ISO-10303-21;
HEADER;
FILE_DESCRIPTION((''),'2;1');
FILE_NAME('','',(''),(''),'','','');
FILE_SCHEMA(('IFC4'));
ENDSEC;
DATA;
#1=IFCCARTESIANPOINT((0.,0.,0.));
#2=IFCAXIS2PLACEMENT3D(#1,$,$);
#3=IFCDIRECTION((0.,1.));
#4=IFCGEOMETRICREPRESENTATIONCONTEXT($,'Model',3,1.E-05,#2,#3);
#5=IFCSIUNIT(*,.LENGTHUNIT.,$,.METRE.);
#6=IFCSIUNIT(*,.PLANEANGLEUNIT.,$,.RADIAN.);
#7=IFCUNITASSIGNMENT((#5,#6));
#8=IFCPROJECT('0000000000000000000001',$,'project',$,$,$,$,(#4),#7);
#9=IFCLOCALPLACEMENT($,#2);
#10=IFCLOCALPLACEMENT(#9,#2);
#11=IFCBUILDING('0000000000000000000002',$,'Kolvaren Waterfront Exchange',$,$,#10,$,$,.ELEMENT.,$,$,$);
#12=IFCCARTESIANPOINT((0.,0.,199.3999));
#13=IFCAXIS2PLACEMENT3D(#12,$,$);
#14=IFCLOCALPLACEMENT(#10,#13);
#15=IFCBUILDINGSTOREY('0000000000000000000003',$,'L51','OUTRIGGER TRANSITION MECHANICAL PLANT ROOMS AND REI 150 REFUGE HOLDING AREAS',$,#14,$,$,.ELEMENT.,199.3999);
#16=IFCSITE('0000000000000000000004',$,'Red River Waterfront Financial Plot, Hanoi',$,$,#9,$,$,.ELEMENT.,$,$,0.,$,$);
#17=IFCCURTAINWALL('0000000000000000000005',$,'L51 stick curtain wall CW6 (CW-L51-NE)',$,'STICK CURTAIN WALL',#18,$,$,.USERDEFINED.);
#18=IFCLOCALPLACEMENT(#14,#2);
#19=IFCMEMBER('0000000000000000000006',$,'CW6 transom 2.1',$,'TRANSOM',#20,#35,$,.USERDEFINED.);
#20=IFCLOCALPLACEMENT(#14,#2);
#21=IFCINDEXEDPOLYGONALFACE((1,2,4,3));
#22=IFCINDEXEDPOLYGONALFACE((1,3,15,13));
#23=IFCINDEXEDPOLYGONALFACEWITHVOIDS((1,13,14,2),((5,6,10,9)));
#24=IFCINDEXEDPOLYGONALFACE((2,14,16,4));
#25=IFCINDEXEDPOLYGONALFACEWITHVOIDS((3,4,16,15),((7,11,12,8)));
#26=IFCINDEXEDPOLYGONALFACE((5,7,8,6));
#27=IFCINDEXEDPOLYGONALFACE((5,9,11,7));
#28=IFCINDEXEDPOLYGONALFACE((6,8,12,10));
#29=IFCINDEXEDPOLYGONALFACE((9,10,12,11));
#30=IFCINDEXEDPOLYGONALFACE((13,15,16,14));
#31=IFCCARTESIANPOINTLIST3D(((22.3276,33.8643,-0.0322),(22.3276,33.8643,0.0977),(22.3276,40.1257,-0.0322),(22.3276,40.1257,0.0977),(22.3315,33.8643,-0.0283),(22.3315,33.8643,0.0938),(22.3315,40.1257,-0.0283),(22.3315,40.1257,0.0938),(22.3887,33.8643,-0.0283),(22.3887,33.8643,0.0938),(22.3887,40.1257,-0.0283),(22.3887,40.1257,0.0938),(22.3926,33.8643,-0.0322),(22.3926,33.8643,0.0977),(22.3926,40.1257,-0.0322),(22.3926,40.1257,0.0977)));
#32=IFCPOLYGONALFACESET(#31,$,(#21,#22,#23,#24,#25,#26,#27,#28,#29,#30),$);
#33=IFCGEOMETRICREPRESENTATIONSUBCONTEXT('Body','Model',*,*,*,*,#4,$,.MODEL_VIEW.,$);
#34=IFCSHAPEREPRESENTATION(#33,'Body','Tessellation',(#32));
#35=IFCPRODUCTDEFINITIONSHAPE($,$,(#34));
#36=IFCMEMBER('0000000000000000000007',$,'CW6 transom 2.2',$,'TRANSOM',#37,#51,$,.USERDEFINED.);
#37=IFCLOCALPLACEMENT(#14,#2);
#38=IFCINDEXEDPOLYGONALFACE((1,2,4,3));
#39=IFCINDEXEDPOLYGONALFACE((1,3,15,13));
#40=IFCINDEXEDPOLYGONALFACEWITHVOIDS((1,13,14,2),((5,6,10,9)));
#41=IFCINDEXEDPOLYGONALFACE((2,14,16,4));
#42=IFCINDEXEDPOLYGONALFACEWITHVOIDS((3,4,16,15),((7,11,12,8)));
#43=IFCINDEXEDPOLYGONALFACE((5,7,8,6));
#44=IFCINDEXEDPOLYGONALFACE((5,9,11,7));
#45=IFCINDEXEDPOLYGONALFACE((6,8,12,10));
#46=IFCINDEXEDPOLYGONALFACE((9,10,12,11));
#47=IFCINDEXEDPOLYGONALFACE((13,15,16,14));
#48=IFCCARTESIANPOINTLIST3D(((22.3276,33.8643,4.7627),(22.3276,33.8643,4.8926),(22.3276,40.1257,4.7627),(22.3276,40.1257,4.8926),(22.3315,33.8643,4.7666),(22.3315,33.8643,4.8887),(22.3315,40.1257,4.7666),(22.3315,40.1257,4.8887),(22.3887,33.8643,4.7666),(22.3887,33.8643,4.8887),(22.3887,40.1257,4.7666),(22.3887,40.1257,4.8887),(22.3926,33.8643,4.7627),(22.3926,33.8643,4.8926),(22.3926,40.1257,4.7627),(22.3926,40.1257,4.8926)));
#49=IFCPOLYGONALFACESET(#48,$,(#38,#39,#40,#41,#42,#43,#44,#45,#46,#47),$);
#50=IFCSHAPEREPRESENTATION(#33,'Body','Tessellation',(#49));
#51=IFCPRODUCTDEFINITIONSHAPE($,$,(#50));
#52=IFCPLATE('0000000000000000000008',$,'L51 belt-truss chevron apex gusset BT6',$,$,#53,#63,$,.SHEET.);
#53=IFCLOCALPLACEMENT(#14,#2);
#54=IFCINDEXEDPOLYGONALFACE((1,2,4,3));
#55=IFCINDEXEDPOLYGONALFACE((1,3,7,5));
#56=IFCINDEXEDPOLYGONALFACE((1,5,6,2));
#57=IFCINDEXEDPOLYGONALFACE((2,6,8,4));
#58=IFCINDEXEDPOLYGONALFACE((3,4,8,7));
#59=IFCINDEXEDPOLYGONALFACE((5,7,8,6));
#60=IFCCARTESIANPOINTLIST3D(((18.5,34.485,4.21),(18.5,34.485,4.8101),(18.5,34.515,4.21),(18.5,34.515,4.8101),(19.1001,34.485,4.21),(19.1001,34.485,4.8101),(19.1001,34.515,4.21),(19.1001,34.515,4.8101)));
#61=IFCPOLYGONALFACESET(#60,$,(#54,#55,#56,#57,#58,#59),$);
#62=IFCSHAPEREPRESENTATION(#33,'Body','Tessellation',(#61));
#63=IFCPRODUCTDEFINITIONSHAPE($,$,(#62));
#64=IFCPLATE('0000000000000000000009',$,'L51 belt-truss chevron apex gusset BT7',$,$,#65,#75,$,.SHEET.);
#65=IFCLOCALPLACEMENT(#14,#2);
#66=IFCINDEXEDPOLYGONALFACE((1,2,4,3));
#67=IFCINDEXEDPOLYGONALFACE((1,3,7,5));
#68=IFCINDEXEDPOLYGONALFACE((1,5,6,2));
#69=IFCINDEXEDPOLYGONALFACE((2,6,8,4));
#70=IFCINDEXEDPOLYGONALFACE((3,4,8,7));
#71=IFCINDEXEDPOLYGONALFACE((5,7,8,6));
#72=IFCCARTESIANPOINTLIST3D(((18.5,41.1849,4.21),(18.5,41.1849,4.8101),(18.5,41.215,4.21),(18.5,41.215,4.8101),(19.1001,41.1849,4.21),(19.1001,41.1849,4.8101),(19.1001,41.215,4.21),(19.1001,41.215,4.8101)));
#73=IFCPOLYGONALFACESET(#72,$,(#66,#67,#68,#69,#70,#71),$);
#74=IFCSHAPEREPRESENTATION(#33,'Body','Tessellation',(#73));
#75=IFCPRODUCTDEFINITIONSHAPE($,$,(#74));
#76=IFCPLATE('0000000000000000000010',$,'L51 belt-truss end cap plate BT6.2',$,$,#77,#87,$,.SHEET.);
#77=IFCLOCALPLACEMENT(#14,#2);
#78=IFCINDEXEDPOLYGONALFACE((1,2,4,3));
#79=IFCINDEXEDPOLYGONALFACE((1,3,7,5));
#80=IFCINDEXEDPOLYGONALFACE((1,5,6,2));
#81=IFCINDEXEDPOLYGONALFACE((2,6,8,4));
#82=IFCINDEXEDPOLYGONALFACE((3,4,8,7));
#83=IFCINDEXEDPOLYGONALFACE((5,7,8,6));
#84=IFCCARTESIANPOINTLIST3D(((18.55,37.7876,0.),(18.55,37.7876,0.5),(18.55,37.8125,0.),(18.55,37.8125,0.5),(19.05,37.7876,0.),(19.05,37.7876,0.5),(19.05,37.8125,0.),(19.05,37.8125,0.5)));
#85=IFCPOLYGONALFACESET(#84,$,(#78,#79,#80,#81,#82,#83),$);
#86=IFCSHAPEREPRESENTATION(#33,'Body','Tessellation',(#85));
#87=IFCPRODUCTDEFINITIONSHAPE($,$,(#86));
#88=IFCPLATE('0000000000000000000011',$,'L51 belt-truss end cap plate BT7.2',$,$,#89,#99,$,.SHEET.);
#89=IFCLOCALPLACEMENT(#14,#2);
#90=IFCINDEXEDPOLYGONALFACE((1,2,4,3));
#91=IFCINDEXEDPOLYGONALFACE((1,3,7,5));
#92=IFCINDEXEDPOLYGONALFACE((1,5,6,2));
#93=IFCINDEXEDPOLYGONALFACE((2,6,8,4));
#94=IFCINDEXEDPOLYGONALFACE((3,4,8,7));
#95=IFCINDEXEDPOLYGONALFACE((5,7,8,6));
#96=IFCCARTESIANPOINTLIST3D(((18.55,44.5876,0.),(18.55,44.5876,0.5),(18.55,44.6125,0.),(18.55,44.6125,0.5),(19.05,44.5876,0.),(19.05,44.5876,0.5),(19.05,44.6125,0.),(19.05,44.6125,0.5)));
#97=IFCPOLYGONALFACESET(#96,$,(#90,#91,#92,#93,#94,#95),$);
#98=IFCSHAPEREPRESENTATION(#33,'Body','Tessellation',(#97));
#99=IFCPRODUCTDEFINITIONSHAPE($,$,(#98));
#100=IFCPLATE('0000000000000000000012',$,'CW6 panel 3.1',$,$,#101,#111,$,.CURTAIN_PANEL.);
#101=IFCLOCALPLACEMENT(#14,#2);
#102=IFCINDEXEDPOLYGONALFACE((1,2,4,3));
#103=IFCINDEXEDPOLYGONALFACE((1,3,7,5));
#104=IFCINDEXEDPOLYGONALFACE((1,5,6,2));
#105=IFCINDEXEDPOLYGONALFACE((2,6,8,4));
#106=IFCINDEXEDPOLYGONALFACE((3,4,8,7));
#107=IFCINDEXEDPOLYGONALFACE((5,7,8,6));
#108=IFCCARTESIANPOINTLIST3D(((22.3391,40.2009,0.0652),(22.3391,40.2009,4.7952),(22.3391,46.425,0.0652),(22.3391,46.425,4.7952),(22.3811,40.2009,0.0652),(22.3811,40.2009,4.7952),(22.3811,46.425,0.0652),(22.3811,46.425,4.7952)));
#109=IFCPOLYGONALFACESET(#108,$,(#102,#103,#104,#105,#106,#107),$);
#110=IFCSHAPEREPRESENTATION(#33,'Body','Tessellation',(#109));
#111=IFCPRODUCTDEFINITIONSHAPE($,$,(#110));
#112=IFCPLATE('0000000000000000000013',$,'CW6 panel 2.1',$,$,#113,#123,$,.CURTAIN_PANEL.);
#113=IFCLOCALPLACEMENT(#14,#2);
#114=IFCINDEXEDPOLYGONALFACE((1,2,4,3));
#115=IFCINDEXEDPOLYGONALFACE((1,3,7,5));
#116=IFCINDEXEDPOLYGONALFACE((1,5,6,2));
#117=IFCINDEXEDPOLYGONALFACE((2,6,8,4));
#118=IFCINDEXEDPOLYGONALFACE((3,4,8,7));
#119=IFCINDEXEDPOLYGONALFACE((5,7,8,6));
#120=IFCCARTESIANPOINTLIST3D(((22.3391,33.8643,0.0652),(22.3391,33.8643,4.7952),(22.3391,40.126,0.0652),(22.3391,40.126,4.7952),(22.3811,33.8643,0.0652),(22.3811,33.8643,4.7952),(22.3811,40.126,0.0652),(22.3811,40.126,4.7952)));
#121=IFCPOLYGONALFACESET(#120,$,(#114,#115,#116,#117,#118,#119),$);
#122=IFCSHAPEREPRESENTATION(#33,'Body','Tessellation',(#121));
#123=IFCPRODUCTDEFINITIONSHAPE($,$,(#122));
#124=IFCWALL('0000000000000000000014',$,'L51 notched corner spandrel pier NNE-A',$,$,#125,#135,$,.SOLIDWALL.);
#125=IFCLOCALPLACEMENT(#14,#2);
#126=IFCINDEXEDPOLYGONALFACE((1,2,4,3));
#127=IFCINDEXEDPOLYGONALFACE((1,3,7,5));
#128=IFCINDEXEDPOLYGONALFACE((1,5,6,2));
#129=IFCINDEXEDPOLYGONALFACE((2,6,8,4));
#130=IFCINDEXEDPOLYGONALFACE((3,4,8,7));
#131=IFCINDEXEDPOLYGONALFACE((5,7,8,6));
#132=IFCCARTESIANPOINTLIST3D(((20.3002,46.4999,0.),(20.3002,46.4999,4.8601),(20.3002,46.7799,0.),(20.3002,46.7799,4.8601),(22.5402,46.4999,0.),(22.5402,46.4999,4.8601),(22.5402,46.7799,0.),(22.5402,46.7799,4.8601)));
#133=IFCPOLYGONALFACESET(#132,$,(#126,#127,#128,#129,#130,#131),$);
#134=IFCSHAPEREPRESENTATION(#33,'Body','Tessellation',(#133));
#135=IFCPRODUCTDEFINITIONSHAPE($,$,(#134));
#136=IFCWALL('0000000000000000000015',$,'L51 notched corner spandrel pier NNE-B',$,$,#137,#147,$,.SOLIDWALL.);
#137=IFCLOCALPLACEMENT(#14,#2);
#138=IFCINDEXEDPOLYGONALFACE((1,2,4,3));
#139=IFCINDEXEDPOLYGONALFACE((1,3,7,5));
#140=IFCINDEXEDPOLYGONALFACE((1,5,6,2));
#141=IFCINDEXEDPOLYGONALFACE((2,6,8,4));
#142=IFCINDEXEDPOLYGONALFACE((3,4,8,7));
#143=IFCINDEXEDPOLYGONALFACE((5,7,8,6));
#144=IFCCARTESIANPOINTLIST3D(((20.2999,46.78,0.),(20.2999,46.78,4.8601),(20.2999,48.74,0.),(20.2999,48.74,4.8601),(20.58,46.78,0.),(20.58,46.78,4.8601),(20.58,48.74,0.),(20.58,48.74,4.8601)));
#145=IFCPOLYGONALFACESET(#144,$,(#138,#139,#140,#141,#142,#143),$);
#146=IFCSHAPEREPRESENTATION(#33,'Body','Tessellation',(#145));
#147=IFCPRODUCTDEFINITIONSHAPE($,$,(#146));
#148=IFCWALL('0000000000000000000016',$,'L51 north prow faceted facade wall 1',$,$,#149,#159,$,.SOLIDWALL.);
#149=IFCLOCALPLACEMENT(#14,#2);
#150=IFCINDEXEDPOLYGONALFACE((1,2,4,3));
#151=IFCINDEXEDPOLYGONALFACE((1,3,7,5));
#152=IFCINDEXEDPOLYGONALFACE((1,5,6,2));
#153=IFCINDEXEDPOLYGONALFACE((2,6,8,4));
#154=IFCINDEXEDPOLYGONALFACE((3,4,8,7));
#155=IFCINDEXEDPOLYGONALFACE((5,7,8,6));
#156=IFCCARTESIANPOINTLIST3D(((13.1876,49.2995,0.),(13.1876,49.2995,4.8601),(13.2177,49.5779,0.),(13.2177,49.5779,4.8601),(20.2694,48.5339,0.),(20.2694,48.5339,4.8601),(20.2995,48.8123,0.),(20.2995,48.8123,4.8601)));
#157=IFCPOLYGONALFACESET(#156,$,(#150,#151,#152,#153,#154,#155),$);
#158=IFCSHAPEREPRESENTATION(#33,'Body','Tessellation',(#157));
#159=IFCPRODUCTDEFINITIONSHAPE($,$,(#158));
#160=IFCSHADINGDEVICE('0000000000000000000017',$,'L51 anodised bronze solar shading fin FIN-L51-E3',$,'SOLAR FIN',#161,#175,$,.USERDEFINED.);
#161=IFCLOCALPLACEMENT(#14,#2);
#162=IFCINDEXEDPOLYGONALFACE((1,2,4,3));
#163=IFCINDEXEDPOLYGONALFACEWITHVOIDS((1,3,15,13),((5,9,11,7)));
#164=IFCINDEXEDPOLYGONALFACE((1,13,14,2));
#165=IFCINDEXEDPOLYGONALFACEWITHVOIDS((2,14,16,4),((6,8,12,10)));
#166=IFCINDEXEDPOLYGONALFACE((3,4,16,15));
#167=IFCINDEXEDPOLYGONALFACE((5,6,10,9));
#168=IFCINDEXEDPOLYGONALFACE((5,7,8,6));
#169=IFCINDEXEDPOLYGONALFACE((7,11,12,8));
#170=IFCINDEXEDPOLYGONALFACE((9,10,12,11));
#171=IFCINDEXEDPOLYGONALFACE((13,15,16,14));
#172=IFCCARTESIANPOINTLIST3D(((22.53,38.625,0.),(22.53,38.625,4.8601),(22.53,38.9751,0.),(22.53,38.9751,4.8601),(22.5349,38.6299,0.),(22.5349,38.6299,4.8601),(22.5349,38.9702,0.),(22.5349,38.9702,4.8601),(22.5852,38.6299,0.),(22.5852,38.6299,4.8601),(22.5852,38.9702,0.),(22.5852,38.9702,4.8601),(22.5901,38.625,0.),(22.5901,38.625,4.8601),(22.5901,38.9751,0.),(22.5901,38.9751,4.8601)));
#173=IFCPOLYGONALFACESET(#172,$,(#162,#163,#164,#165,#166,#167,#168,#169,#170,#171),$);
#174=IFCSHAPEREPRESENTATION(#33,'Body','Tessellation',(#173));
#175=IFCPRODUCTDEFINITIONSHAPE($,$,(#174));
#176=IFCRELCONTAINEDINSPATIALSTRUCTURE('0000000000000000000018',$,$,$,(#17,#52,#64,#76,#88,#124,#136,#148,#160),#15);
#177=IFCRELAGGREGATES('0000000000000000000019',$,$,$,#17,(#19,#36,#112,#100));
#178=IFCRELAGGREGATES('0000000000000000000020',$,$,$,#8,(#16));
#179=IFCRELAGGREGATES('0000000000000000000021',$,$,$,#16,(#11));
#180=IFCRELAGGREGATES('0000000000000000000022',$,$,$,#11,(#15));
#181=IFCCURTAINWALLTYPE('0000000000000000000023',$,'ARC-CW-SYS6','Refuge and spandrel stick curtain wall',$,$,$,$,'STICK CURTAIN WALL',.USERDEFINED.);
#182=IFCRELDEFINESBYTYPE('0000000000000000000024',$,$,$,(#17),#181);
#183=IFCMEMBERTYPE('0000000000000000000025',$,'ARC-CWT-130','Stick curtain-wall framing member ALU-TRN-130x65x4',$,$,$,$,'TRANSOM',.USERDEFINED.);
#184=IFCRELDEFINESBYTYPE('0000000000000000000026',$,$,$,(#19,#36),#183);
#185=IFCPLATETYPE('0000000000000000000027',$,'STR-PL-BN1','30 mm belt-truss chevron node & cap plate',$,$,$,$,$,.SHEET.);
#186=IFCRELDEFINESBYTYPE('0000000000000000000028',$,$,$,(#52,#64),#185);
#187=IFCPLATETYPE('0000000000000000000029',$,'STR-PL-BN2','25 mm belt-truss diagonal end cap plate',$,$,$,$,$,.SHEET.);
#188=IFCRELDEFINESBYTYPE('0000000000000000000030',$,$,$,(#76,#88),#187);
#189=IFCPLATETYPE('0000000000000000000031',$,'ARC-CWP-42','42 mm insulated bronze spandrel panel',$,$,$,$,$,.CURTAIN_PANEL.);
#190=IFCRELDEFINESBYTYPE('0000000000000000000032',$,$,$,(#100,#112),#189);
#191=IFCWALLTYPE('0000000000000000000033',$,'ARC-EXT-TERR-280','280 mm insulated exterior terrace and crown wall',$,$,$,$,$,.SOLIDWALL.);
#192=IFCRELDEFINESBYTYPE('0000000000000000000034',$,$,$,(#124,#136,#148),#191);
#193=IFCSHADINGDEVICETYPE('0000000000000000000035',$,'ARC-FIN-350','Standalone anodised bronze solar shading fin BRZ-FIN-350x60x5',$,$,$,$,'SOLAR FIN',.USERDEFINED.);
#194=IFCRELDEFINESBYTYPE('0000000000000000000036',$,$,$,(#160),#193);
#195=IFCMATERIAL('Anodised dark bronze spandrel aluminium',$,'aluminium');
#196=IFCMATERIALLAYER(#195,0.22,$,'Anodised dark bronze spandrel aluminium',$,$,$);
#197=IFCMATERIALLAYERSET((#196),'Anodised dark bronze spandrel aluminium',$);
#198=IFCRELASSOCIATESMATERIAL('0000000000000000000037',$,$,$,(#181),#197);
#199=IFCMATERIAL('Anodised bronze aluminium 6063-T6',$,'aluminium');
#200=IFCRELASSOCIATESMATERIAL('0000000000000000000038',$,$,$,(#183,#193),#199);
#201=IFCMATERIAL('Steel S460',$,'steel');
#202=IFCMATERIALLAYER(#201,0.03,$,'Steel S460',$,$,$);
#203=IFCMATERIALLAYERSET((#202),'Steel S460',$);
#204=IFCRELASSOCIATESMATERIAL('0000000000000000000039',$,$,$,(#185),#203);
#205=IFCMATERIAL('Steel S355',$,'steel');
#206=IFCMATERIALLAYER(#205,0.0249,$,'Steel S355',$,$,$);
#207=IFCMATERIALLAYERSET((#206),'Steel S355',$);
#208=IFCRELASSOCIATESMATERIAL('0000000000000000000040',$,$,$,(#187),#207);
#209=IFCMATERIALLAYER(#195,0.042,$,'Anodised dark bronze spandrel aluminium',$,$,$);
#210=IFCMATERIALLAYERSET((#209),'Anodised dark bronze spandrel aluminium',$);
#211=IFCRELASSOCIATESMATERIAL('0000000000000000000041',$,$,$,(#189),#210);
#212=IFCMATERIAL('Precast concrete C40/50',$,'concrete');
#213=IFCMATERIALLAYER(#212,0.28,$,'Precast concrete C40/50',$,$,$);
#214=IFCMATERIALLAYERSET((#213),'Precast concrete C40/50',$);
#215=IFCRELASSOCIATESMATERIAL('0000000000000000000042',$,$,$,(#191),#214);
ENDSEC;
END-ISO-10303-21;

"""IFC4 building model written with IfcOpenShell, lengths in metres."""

from ifc_helpers import new_model, si_unit, direction, frame, frame_2d, origin, origin_with_axes, origin_2d, place, context, subcontext, project, spatial, rectangle, hollow_rectangle, extrude, source, transform, mapped, material, layer, layer_set, material_profile, profile_set, type_object, element, aggregate, save


model = new_model("IFC4")

# Units and contexts
model_context = context("Model", 3, precision=1e-05, world=origin(), true_north=direction((0.0, 1.0)))
body_context = subcontext(model_context, "Body", "Model", "MODEL_VIEW")
ifc_project = project(units=[si_unit("LENGTHUNIT", "METRE"), si_unit("PLANEANGLEUNIT", "RADIAN")], contexts=[model_context])

# Site, building, storey
site_placement = place(None, origin())
site = spatial("IfcSite", under=ifc_project, at=site_placement, Name="Red River Waterfront Financial Plot, Hanoi", CompositionType="ELEMENT", RefElevation=0.0)
building_placement = place(site_placement, origin())
building = spatial("IfcBuilding", under=site, at=building_placement, Name="Kolvaren Waterfront Exchange", CompositionType="ELEMENT")
storey_placement = place(building_placement, frame((0.0, 0.0, 199.3999)))
storey = spatial("IfcBuildingStorey", under=building, at=storey_placement, Name="L51", Description="OUTRIGGER TRANSITION MECHANICAL PLANT ROOMS AND REI 150 REFUGE HOLDING AREAS", CompositionType="ELEMENT", Elevation=199.3999)

# Shared definitions
ifc_material_1 = material(Name="Steel S460", Category="steel")

# Curtain wall, members
ifc_material_2 = material(Name="Anodised dark bronze spandrel aluminium", Category="aluminium")
ifc_layer_1 = layer(ifc_material_2, 0.22, Name="Anodised dark bronze spandrel aluminium")
ifc_layer_set_1 = layer_set([ifc_layer_1], Name="Anodised dark bronze spandrel aluminium")
curtain_wall_type = type_object("IfcCurtainWallType", Name="ARC-CW-SYS6", Description="Refuge and spandrel stick curtain wall", ElementType="STICK CURTAIN WALL", PredefinedType="USERDEFINED", material=ifc_layer_set_1)
curtain_wall_placement = place(storey_placement, origin())
curtain_wall = element("IfcCurtainWall", 1, at=curtain_wall_placement, inside=storey, type_object=curtain_wall_type, Name="L51 stick curtain wall CW6 (CW-L51-NE)", ObjectType="STICK CURTAIN WALL", PredefinedType="USERDEFINED")
ifc_material_3 = material(Name="Anodised bronze aluminium 6063-T6", Category="aluminium")
ifc_material_profile_1 = material_profile(ifc_material_3, hollow_rectangle(XDim=0.0649, YDim=0.1299, WallThickness=0.0039, at=origin_2d()), Name="ALU-TRN-130x65x4")
ifc_profile_set_1 = profile_set([ifc_material_profile_1], Name="Anodised bronze aluminium 6063-T6")
member_type_1 = type_object("IfcMemberType", Name="ARC-CWT-130", Description="Stick curtain-wall framing member ALU-TRN-130x65x4", ElementType="TRANSOM", PredefinedType="USERDEFINED", material=ifc_profile_set_1)
shared_shape_1 = source(origin_with_axes(), body_context, "Body", "SweptSolid", [
    extrude(hollow_rectangle(XDim=0.0649, YDim=0.1299, WallThickness=0.0039, at=origin_2d()), origin(), (0.0, 0.0, 1.0), 6.2615),
])
member_1_placement = place(storey_placement, frame((22.3601, 33.8643, 0.0327), z_axis=(0.0, 1.0, 0.0), x_axis=(-1.0, 0.0, 0.0)))
member_1 = element("IfcMember", 2, at=member_1_placement, type_object=member_type_1, Name="CW6 transom 2.1", ObjectType="TRANSOM", PredefinedType="USERDEFINED", context=body_context, shape_type="MappedRepresentation", body=[
    mapped(shared_shape_1, transform((0.0, 0.0, 0.0), x_axis=(1.0, 0.0, 0.0), y_axis=(0.0, 1.0, 0.0), z_axis=(0.0, 0.0, 1.0), scale=1.0)),
])
member_2_placement = place(storey_placement, frame((22.3601, 33.8643, 4.8276), z_axis=(0.0, 1.0, 0.0), x_axis=(-1.0, 0.0, 0.0)))
member_2 = element("IfcMember", 3, at=member_2_placement, type_object=member_type_1, Name="CW6 transom 2.2", ObjectType="TRANSOM", PredefinedType="USERDEFINED", context=body_context, shape_type="MappedRepresentation", body=[
    mapped(shared_shape_1, transform((0.0, 0.0, 0.0), x_axis=(1.0, 0.0, 0.0), y_axis=(0.0, 1.0, 0.0), z_axis=(0.0, 0.0, 1.0), scale=1.0)),
])

# Plates
ifc_layer_2 = layer(ifc_material_1, 0.03, Name="Steel S460")
ifc_layer_set_2 = layer_set([ifc_layer_2], Name="Steel S460")
plate_type_1 = type_object("IfcPlateType", Name="STR-PL-BN1", Description="30 mm belt-truss chevron node & cap plate", PredefinedType="SHEET", material=ifc_layer_set_2)
shared_shape_2 = source(origin_with_axes(), body_context, "Body", "SweptSolid", [
    extrude(rectangle(XDim=0.6001, YDim=0.03, at=origin_2d()), origin(), (0.0, 0.0, 1.0), 0.6001),
])
for number, where, z_axis, x_axis, name in (
    (4, (18.8, 34.5, 4.21), (0.0, 0.0, 1.0), (1.0, 0.0, 0.0), "L51 belt-truss chevron apex gusset BT6"),
    (5, (18.8, 41.2, 4.21), (0.0, 0.0, 1.0), (1.0, 0.0, 0.0), "L51 belt-truss chevron apex gusset BT7"),
):
    element("IfcPlate", number, at=place(storey_placement, frame(where, z_axis=z_axis, x_axis=x_axis)), inside=storey, type_object=plate_type_1, Name=name, PredefinedType="SHEET", context=body_context, shape_type="MappedRepresentation", body=[
        mapped(shared_shape_2, transform((0.0, 0.0, 0.0), x_axis=(1.0, 0.0, 0.0), y_axis=(0.0, 1.0, 0.0), z_axis=(0.0, 0.0, 1.0), scale=1.0)),
    ])
ifc_material_4 = material(Name="Steel S355", Category="steel")
ifc_layer_3 = layer(ifc_material_4, 0.0249, Name="Steel S355")
ifc_layer_set_3 = layer_set([ifc_layer_3], Name="Steel S355")
plate_type_2 = type_object("IfcPlateType", Name="STR-PL-BN2", Description="25 mm belt-truss diagonal end cap plate", PredefinedType="SHEET", material=ifc_layer_set_3)
shared_shape_3 = source(origin_with_axes(), body_context, "Body", "SweptSolid", [
    extrude(rectangle(XDim=0.5, YDim=0.0249, at=origin_2d()), origin(), (0.0, 0.0, 1.0), 0.5),
])
for number, where, z_axis, x_axis, name in (
    (6, (18.8, 37.8, 0.0), (0.0, 0.0, 1.0), (1.0, 0.0, 0.0), "L51 belt-truss end cap plate BT6.2"),
    (7, (18.8, 44.6001, 0.0), (0.0, 0.0, 1.0), (1.0, 0.0, 0.0), "L51 belt-truss end cap plate BT7.2"),
):
    element("IfcPlate", number, at=place(storey_placement, frame(where, z_axis=z_axis, x_axis=x_axis)), inside=storey, type_object=plate_type_2, Name=name, PredefinedType="SHEET", context=body_context, shape_type="MappedRepresentation", body=[
        mapped(shared_shape_3, transform((0.0, 0.0, 0.0), x_axis=(1.0, 0.0, 0.0), y_axis=(0.0, 1.0, 0.0), z_axis=(0.0, 0.0, 1.0), scale=1.0)),
    ])

# Plates
ifc_layer_4 = layer(ifc_material_2, 0.042, Name="Anodised dark bronze spandrel aluminium")
ifc_layer_set_4 = layer_set([ifc_layer_4], Name="Anodised dark bronze spandrel aluminium")
plate_type_3 = type_object("IfcPlateType", Name="ARC-CWP-42", Description="42 mm insulated bronze spandrel panel", PredefinedType="CURTAIN_PANEL", material=ifc_layer_set_4)
shared_shape_4 = source(origin_with_axes(), body_context, "Body", "SweptSolid", [
    extrude(rectangle(XDim=6.2241, YDim=0.042, at=origin_2d()), origin(), (0.0, 0.0, 1.0), 4.73),
])
plate_1_placement = place(storey_placement, frame((22.3601, 43.313, 0.0652), z_axis=(0.0, 0.0, 1.0), x_axis=(0.0, 1.0, 0.0)))
plate_1 = element("IfcPlate", 8, at=plate_1_placement, type_object=plate_type_3, Name="CW6 panel 3.1", PredefinedType="CURTAIN_PANEL", context=body_context, shape_type="MappedRepresentation", body=[
    mapped(shared_shape_4, transform((0.0, 0.0, 0.0), x_axis=(1.0, 0.0, 0.0), y_axis=(0.0, 1.0, 0.0), z_axis=(0.0, 0.0, 1.0), scale=1.0)),
])
shared_shape_5 = source(origin_with_axes(), body_context, "Body", "SweptSolid", [
    extrude(rectangle(XDim=6.2617, YDim=0.042, at=origin_2d()), origin(), (0.0, 0.0, 1.0), 4.73),
])
plate_2_placement = place(storey_placement, frame((22.3601, 36.9951, 0.0652), z_axis=(0.0, 0.0, 1.0), x_axis=(0.0, 1.0, 0.0)))
plate_2 = element("IfcPlate", 9, at=plate_2_placement, type_object=plate_type_3, Name="CW6 panel 2.1", PredefinedType="CURTAIN_PANEL", context=body_context, shape_type="MappedRepresentation", body=[
    mapped(shared_shape_5, transform((0.0, 0.0, 0.0), x_axis=(1.0, 0.0, 0.0), y_axis=(0.0, 1.0, 0.0), z_axis=(0.0, 0.0, 1.0), scale=1.0)),
])
aggregate(curtain_wall, [member_1, member_2, plate_2, plate_1])

# Walls
ifc_material_5 = material(Name="Precast concrete C40/50", Category="concrete")
ifc_layer_5 = layer(ifc_material_5, 0.28, Name="Precast concrete C40/50")
ifc_layer_set_5 = layer_set([ifc_layer_5], Name="Precast concrete C40/50")
wall_type = type_object("IfcWallType", Name="ARC-EXT-TERR-280", Description="280 mm insulated exterior terrace and crown wall", PredefinedType="SOLIDWALL", material=ifc_layer_set_5)
wall_1_placement = place(storey_placement, frame((20.3, 46.6399, 0.0), z_axis=(0.0, 0.0, 1.0), x_axis=(1.0, 0.0, 0.0)))
element("IfcWall", 10, at=wall_1_placement, inside=storey, type_object=wall_type, Name="L51 notched corner spandrel pier NNE-A", PredefinedType="SOLIDWALL", context=body_context, shape_type="SweptSolid", body=[
    extrude(rectangle(XDim=2.24, YDim=0.28, at=frame_2d((1.1201, 0.0))), origin(), (0.0, 0.0, 1.0), 4.8601),
])
wall_2_placement = place(storey_placement, frame((20.4399, 46.78, 0.0), z_axis=(0.0, 0.0, 1.0), x_axis=(0.0, 1.0, 0.0)))
element("IfcWall", 11, at=wall_2_placement, inside=storey, type_object=wall_type, Name="L51 notched corner spandrel pier NNE-B", PredefinedType="SOLIDWALL", context=body_context, shape_type="SweptSolid", body=[
    extrude(rectangle(XDim=1.96, YDim=0.28, at=frame_2d((0.98, 0.0))), origin(), (0.0, 0.0, 1.0), 4.8601),
])
wall_3_placement = place(storey_placement, frame((20.2844, 48.6731, 0.0), z_axis=(0.0, 0.0, 1.0), x_axis=(-0.994207, 0.107486, 0.0)))
element("IfcWall", 12, at=wall_3_placement, inside=storey, type_object=wall_type, Name="L51 north prow faceted facade wall 1", PredefinedType="SOLIDWALL", context=body_context, shape_type="SweptSolid", body=[
    extrude(rectangle(XDim=7.123, YDim=0.28, at=frame_2d((3.5615, 0.0))), origin(), (0.0, 0.0, 1.0), 4.8601),
])

# Shading device
ifc_material_profile_2 = material_profile(ifc_material_3, hollow_rectangle(XDim=0.0601, YDim=0.3501, WallThickness=0.0049, at=origin_2d()), Name="BRZ-FIN-350x60x5")
ifc_profile_set_2 = profile_set([ifc_material_profile_2], Name="Anodised bronze aluminium 6063-T6")
shading_device_type = type_object("IfcShadingDeviceType", Name="ARC-FIN-350", Description="Standalone anodised bronze solar shading fin BRZ-FIN-350x60x5", ElementType="SOLAR FIN", PredefinedType="USERDEFINED", material=ifc_profile_set_2)
shading_device_placement = place(storey_placement, frame((22.5601, 38.8, 0.0), z_axis=(0.0, 0.0, 1.0), x_axis=(1.0, 0.0, 0.0)))
element("IfcShadingDevice", 13, at=shading_device_placement, inside=storey, type_object=shading_device_type, Name="L51 anodised bronze solar shading fin FIN-L51-E3", ObjectType="SOLAR FIN", PredefinedType="USERDEFINED", context=body_context, shape_type="SweptSolid", body=[
    extrude(hollow_rectangle(XDim=0.0601, YDim=0.3501, WallThickness=0.0049, at=origin_2d()), origin(), (0.0, 0.0, 1.0), 4.8601),
])

save(model, "model.ifc")
